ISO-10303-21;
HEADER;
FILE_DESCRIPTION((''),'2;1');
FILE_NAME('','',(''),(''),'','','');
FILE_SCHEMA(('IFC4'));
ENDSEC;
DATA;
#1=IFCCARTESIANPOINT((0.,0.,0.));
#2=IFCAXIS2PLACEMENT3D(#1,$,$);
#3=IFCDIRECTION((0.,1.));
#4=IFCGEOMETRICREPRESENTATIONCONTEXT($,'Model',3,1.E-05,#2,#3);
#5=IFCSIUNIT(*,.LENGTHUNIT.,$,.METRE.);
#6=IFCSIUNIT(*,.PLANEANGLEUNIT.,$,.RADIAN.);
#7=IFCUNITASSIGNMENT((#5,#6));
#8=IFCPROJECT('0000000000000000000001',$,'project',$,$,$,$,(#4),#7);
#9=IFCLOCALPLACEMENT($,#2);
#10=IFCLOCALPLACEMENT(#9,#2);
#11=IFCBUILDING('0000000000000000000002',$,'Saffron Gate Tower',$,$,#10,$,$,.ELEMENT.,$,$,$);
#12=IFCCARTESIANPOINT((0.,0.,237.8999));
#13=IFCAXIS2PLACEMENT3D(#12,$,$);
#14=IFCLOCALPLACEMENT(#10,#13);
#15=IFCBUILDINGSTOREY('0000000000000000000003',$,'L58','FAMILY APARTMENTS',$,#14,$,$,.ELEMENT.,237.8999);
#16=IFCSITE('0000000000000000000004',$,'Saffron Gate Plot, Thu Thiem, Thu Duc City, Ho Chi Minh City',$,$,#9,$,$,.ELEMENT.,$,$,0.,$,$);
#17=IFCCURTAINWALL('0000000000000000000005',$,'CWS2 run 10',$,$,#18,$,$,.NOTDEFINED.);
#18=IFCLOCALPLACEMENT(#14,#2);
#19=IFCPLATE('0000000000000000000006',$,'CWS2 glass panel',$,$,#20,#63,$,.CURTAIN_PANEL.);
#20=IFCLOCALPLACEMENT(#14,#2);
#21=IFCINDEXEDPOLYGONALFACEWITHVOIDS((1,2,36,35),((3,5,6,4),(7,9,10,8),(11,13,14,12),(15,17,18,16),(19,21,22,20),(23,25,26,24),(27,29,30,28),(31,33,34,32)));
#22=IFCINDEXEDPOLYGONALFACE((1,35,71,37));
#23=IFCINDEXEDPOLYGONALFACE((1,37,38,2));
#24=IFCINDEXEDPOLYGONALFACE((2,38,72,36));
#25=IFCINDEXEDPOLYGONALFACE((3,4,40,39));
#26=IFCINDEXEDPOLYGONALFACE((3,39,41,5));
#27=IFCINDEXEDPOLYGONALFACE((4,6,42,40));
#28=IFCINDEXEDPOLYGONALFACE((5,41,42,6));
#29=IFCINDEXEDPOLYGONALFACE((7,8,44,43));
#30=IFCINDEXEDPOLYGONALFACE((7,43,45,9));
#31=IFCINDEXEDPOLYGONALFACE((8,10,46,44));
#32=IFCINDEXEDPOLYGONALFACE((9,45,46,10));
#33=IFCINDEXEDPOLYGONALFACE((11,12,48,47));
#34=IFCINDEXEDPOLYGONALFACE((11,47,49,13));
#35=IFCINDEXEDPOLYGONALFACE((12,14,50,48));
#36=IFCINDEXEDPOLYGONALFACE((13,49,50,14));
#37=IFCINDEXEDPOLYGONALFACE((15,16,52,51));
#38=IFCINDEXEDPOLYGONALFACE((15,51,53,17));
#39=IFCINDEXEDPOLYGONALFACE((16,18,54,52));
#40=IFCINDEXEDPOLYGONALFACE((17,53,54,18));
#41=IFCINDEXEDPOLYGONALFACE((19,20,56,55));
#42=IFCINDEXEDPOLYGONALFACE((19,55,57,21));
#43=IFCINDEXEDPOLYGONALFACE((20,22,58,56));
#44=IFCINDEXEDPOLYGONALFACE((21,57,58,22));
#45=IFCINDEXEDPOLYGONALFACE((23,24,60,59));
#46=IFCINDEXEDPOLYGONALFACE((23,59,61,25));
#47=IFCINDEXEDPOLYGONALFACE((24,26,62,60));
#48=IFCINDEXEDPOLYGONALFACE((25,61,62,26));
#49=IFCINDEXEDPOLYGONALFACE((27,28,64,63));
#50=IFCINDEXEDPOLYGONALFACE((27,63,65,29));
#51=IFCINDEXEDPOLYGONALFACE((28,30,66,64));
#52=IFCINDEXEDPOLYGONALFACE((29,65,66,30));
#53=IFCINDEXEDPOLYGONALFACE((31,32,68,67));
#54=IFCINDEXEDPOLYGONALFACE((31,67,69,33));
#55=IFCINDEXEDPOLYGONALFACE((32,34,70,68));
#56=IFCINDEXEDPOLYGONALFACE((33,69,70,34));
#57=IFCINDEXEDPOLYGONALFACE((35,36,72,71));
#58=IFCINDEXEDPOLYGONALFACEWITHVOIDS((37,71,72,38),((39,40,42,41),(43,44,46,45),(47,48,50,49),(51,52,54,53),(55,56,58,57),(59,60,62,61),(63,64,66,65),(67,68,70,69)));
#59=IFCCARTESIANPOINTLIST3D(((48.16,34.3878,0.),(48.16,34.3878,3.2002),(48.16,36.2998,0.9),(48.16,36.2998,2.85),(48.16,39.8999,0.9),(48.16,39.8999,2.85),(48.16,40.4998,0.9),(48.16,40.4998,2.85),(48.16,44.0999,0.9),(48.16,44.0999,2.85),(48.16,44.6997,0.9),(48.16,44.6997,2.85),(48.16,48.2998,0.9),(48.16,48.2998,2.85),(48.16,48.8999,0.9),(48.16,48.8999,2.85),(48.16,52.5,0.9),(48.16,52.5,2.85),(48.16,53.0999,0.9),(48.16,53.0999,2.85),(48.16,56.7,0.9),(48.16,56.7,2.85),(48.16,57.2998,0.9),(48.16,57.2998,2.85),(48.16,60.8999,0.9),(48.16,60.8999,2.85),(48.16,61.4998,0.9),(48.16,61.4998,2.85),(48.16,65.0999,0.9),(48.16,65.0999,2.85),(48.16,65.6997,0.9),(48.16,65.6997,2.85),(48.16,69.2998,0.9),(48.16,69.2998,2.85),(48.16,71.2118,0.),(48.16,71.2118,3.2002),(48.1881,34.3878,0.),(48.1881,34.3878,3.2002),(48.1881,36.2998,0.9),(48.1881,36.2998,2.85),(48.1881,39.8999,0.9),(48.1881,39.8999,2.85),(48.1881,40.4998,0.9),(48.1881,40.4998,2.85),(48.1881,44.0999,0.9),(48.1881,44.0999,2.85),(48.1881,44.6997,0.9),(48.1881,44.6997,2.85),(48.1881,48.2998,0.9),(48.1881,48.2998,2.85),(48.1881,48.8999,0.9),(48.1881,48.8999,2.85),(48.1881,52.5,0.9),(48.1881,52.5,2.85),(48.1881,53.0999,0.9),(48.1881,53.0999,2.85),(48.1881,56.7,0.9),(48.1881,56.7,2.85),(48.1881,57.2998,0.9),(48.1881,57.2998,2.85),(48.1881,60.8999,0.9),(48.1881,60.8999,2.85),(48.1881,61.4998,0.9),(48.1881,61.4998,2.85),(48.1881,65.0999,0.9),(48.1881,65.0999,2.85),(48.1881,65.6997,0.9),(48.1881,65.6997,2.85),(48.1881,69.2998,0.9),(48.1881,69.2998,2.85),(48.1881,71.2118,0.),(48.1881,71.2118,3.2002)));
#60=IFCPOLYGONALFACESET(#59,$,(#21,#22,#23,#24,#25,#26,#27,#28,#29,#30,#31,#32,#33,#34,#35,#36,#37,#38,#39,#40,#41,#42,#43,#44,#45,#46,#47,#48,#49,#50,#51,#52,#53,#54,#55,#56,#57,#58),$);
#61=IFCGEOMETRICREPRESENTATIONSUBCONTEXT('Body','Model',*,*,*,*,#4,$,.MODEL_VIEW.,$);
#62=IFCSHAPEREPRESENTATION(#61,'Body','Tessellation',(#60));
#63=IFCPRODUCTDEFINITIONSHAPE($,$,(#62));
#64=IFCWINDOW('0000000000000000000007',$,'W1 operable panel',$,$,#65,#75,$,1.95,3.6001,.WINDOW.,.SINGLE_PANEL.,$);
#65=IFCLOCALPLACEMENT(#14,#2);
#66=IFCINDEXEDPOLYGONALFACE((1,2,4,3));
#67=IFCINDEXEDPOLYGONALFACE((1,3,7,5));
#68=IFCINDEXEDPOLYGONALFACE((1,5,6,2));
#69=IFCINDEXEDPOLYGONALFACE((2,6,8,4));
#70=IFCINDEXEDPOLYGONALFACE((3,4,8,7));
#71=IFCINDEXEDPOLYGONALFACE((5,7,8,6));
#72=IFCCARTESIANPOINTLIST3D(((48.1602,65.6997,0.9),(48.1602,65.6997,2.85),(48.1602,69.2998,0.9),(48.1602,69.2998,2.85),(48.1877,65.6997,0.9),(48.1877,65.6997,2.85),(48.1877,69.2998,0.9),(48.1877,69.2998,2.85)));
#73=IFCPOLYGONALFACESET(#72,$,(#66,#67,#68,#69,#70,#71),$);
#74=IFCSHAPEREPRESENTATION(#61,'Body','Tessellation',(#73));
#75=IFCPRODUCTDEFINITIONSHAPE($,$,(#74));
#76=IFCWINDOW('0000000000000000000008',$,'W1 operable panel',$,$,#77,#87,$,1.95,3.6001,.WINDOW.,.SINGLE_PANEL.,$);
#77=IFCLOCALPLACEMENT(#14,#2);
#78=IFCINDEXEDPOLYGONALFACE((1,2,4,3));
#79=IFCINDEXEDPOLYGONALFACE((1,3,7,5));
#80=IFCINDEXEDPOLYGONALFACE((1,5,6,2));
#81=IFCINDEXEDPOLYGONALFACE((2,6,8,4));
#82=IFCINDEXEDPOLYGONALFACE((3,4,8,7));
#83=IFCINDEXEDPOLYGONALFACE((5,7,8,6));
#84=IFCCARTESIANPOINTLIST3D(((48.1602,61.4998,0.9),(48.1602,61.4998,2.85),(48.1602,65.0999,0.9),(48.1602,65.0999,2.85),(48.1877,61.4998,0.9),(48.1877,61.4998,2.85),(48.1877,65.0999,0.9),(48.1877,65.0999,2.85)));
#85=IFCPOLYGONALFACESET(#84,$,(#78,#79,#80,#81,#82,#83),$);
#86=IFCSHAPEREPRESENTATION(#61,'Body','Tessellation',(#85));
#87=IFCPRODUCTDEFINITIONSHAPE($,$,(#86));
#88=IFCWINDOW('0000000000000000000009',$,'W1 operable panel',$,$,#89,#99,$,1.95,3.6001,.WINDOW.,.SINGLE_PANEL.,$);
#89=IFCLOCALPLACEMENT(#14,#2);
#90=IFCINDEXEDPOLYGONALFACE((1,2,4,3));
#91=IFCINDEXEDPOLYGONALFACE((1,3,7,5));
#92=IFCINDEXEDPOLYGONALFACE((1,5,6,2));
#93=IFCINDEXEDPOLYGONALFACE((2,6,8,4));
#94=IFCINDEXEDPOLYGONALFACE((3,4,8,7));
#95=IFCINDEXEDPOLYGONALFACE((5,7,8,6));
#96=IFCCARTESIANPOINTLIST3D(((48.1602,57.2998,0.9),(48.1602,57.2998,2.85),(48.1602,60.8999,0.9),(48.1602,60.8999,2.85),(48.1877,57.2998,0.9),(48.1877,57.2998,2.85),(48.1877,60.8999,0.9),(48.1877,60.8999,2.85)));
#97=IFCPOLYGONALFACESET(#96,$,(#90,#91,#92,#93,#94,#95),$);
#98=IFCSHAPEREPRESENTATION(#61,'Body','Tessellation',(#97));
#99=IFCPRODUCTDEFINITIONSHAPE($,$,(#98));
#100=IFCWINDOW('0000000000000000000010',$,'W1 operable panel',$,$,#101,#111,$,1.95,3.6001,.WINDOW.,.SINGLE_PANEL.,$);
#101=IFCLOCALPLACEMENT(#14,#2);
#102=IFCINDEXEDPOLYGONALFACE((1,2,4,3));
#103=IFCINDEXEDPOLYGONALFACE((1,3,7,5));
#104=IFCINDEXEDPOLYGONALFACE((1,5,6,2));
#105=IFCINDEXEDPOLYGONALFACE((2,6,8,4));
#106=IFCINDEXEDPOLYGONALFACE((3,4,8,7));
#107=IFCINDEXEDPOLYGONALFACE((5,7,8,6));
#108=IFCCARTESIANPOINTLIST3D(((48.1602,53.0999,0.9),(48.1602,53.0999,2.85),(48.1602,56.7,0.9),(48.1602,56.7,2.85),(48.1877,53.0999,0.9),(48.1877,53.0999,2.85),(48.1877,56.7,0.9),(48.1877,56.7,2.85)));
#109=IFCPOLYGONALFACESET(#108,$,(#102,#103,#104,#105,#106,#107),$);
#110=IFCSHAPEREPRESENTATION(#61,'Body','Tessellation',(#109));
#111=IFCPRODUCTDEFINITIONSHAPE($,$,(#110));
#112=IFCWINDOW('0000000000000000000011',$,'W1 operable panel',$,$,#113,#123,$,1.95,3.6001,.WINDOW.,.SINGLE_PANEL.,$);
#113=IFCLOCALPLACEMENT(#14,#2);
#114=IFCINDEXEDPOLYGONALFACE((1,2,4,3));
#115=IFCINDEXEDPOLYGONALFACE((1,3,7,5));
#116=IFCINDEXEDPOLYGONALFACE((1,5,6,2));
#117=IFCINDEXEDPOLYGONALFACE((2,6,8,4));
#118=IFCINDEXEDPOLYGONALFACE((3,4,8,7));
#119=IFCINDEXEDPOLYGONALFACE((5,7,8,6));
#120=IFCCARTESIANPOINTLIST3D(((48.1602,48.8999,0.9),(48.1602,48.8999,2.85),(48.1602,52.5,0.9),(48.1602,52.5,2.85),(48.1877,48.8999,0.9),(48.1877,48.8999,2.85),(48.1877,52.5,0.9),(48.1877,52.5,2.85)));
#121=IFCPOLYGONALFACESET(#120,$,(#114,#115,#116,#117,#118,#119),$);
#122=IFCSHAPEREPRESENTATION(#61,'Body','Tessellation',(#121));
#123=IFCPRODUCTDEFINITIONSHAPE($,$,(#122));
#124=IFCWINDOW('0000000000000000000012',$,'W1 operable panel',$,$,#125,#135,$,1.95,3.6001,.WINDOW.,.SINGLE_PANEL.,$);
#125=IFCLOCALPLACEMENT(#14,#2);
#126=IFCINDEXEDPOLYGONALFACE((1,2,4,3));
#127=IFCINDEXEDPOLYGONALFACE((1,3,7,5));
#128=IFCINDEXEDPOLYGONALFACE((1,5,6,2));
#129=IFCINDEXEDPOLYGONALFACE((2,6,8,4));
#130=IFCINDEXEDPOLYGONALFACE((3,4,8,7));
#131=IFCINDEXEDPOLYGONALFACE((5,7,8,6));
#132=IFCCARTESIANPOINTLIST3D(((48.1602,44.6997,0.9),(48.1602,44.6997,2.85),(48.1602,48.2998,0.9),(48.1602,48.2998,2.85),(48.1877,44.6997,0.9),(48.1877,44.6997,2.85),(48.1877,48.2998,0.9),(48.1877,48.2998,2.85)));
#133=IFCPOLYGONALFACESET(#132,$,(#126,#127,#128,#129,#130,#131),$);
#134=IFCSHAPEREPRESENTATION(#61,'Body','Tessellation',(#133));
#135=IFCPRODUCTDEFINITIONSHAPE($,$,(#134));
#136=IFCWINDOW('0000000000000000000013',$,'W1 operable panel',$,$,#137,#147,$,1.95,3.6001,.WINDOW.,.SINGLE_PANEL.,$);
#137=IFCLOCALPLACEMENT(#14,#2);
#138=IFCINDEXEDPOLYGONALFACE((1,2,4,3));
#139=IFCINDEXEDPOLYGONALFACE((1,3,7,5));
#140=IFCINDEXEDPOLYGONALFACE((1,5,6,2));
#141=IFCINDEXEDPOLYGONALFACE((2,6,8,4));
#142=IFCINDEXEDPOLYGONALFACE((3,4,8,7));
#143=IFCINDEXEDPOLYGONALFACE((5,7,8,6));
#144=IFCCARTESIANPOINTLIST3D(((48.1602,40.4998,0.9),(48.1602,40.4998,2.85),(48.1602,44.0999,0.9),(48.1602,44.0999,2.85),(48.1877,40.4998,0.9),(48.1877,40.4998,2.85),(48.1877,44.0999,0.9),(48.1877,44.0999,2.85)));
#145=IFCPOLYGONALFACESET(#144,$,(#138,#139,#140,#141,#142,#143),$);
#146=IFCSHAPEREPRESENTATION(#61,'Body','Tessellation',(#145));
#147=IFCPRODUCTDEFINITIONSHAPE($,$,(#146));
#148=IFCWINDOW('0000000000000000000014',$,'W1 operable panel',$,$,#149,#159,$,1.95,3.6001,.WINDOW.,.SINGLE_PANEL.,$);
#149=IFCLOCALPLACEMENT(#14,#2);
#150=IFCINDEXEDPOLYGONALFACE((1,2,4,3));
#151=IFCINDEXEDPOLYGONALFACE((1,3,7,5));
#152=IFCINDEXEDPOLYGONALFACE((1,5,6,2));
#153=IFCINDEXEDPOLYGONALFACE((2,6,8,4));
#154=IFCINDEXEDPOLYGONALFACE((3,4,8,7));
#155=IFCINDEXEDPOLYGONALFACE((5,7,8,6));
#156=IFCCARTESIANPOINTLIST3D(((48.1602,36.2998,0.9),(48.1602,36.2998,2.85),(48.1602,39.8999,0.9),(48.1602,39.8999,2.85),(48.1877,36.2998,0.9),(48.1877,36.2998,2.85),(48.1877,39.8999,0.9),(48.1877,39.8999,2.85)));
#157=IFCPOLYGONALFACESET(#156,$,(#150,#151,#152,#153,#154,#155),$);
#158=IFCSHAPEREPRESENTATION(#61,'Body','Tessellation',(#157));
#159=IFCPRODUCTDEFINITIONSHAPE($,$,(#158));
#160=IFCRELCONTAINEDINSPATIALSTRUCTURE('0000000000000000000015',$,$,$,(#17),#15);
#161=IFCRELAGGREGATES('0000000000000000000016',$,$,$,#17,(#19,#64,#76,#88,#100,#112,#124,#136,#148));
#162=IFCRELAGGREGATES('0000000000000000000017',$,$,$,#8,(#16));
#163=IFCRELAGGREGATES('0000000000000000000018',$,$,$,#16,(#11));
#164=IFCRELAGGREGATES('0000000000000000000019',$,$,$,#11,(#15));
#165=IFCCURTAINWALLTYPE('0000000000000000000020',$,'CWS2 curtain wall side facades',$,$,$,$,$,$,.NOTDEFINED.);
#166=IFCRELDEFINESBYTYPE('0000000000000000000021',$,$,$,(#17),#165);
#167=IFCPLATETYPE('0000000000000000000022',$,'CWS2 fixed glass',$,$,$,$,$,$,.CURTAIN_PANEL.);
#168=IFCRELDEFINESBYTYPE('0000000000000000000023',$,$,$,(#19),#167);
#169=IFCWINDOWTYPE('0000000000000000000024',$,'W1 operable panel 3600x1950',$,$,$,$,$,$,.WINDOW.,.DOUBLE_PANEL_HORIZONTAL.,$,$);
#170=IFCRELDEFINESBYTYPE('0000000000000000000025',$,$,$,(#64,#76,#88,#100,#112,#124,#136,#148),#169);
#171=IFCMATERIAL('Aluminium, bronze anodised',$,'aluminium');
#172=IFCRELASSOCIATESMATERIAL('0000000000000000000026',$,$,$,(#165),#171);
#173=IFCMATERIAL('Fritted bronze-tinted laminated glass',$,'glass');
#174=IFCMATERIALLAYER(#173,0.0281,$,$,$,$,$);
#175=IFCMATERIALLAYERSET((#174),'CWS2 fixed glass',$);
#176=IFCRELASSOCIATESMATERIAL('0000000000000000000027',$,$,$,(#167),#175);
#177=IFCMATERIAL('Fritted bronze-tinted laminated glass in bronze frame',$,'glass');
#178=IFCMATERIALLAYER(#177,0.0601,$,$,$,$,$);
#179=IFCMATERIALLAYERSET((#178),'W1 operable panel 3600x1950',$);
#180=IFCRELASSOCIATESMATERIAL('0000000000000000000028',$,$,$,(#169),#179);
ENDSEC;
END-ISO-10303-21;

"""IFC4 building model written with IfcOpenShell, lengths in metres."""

from ifc_helpers import new_model, si_unit, direction, frame, frame_2d, origin, place, context, subcontext, project, spatial, rectangle, extrude, material, layer, layer_set, type_object, element, fill, aggregate, save


model = new_model("IFC4")

# Units and contexts
model_context = context("Model", 3, precision=1e-05, world=origin(), true_north=direction((0.0, 1.0)))
body_context = subcontext(model_context, "Body", "Model", "MODEL_VIEW")
ifc_project = project(units=[si_unit("LENGTHUNIT", "METRE"), si_unit("PLANEANGLEUNIT", "RADIAN")], contexts=[model_context])

# Site, building, storey
site_placement = place(None, origin())
site = spatial("IfcSite", under=ifc_project, at=site_placement, Name="Saffron Gate Plot, Thu Thiem, Thu Duc City, Ho Chi Minh City", CompositionType="ELEMENT", RefElevation=0.0)
building_placement = place(site_placement, origin())
building = spatial("IfcBuilding", under=site, at=building_placement, Name="Saffron Gate Tower", CompositionType="ELEMENT")
storey_placement = place(building_placement, frame((0.0, 0.0, 237.8999)))
storey = spatial("IfcBuildingStorey", under=building, at=storey_placement, Name="L58", Description="FAMILY APARTMENTS", CompositionType="ELEMENT", Elevation=237.8999)

# Curtain wall
ifc_material_1 = material(Name="Aluminium, bronze anodised", Category="aluminium")
curtain_wall_type_1 = type_object("IfcCurtainWallType", Name="CWS2 curtain wall side facades", PredefinedType="NOTDEFINED", material=ifc_material_1)
curtain_wall_1_placement = place(storey_placement, origin())
curtain_wall_1 = element("IfcCurtainWall", 1, at=curtain_wall_1_placement, inside=storey, type_object=curtain_wall_type_1, Name="CWS2 run 10", PredefinedType="NOTDEFINED")

# Plate, openings, windows
ifc_material_2 = material(Name="Fritted bronze-tinted laminated glass", Category="glass")
ifc_layer_1 = layer(ifc_material_2, 0.0281)
ifc_layer_set_1 = layer_set([ifc_layer_1], Name="CWS2 fixed glass")
plate_type_1 = type_object("IfcPlateType", Name="CWS2 fixed glass", PredefinedType="CURTAIN_PANEL", material=ifc_layer_set_1)
plate_1_placement = place(storey_placement, frame((48.1741, 71.2119, 0.0), z_axis=(0.0, 0.0, 1.0), x_axis=(0.0, -1.0, 0.0)))
plate_1 = element("IfcPlate", 2, at=plate_1_placement, type_object=plate_type_1, Name="CWS2 glass panel", PredefinedType="CURTAIN_PANEL", context=body_context, shape_type="SweptSolid", body=[
    extrude(rectangle(XDim=36.824, YDim=0.0281, at=frame_2d((18.4121, 0.0))), origin(), (0.0, 0.0, 1.0), 3.2002),
])
opening_1_placement = place(plate_1_placement, frame((1.9121, 0.0, 0.8999)))
opening_1 = element("IfcOpeningElement", 3, at=opening_1_placement, cuts=plate_1, PredefinedType="OPENING", context=body_context, shape_type="SweptSolid", body=[
    extrude(rectangle(XDim=3.6001, YDim=1.95, at=frame_2d((1.8, 0.9751))), frame((0.0, 0.0239, 0.0), z_axis=(0.0, -1.0, 0.0), x_axis=(1.0, 0.0, 0.0)), (0.0, 0.0, 1.0), 0.0481),
])
opening_2_placement = place(plate_1_placement, frame((6.1121, 0.0, 0.8999)))
opening_2 = element("IfcOpeningElement", 4, at=opening_2_placement, cuts=plate_1, PredefinedType="OPENING", context=body_context, shape_type="SweptSolid", body=[
    extrude(rectangle(XDim=3.6001, YDim=1.95, at=frame_2d((1.8, 0.9751))), frame((0.0, 0.0239, 0.0), z_axis=(0.0, -1.0, 0.0), x_axis=(1.0, 0.0, 0.0)), (0.0, 0.0, 1.0), 0.0481),
])
opening_3_placement = place(plate_1_placement, frame((10.312, 0.0, 0.8999)))
opening_3 = element("IfcOpeningElement", 5, at=opening_3_placement, cuts=plate_1, PredefinedType="OPENING", context=body_context, shape_type="SweptSolid", body=[
    extrude(rectangle(XDim=3.6001, YDim=1.95, at=frame_2d((1.8, 0.9751))), frame((0.0, 0.0239, 0.0), z_axis=(0.0, -1.0, 0.0), x_axis=(1.0, 0.0, 0.0)), (0.0, 0.0, 1.0), 0.0481),
])
opening_4_placement = place(plate_1_placement, frame((14.512, 0.0, 0.8999)))
opening_4 = element("IfcOpeningElement", 6, at=opening_4_placement, cuts=plate_1, PredefinedType="OPENING", context=body_context, shape_type="SweptSolid", body=[
    extrude(rectangle(XDim=3.6001, YDim=1.95, at=frame_2d((1.8, 0.9751))), frame((0.0, 0.0239, 0.0), z_axis=(0.0, -1.0, 0.0), x_axis=(1.0, 0.0, 0.0)), (0.0, 0.0, 1.0), 0.0481),
])
opening_5_placement = place(plate_1_placement, frame((18.7119, 0.0, 0.8999)))
opening_5 = element("IfcOpeningElement", 7, at=opening_5_placement, cuts=plate_1, PredefinedType="OPENING", context=body_context, shape_type="SweptSolid", body=[
    extrude(rectangle(XDim=3.6001, YDim=1.95, at=frame_2d((1.8, 0.9751))), frame((0.0, 0.0239, 0.0), z_axis=(0.0, -1.0, 0.0), x_axis=(1.0, 0.0, 0.0)), (0.0, 0.0, 1.0), 0.0481),
])
opening_6_placement = place(plate_1_placement, frame((22.9121, 0.0, 0.8999)))
opening_6 = element("IfcOpeningElement", 8, at=opening_6_placement, cuts=plate_1, PredefinedType="OPENING", context=body_context, shape_type="SweptSolid", body=[
    extrude(rectangle(XDim=3.6001, YDim=1.95, at=frame_2d((1.8, 0.9751))), frame((0.0, 0.0239, 0.0), z_axis=(0.0, -1.0, 0.0), x_axis=(1.0, 0.0, 0.0)), (0.0, 0.0, 1.0), 0.0481),
])
opening_7_placement = place(plate_1_placement, frame((27.1121, 0.0, 0.8999)))
opening_7 = element("IfcOpeningElement", 9, at=opening_7_placement, cuts=plate_1, PredefinedType="OPENING", context=body_context, shape_type="SweptSolid", body=[
    extrude(rectangle(XDim=3.6001, YDim=1.95, at=frame_2d((1.8, 0.9751))), frame((0.0, 0.0239, 0.0), z_axis=(0.0, -1.0, 0.0), x_axis=(1.0, 0.0, 0.0)), (0.0, 0.0, 1.0), 0.0481),
])
opening_8_placement = place(plate_1_placement, frame((31.312, 0.0, 0.8999)))
opening_8 = element("IfcOpeningElement", 10, at=opening_8_placement, cuts=plate_1, PredefinedType="OPENING", context=body_context, shape_type="SweptSolid", body=[
    extrude(rectangle(XDim=3.6001, YDim=1.95, at=frame_2d((1.8, 0.9751))), frame((0.0, 0.0239, 0.0), z_axis=(0.0, -1.0, 0.0), x_axis=(1.0, 0.0, 0.0)), (0.0, 0.0, 1.0), 0.0481),
])
ifc_material_3 = material(Name="Fritted bronze-tinted laminated glass in bronze frame", Category="glass")
ifc_layer_2 = layer(ifc_material_3, 0.0601)
ifc_layer_set_2 = layer_set([ifc_layer_2], Name="W1 operable panel 3600x1950")
window_type = type_object("IfcWindowType", Name="W1 operable panel 3600x1950", PartitioningType="DOUBLE_PANEL_HORIZONTAL", PredefinedType="WINDOW", material=ifc_layer_set_2)
window_1_placement = place(opening_1_placement, origin())
window_1 = element("IfcWindow", 11, at=window_1_placement, type_object=window_type, Name="W1 operable panel", OverallHeight=1.95, OverallWidth=3.6001, PartitioningType="SINGLE_PANEL", PredefinedType="WINDOW", context=body_context, shape_type="SweptSolid", body=[
    extrude(rectangle(XDim=3.6001, YDim=1.95, at=frame_2d((1.8, 0.9751))), frame((0.0, 0.0137, 0.0), z_axis=(0.0, -1.0, 0.0), x_axis=(1.0, 0.0, 0.0)), (0.0, 0.0, 1.0), 0.0276),
])
fill(opening_1, window_1)
window_2_placement = place(opening_2_placement, origin())
window_2 = element("IfcWindow", 12, at=window_2_placement, type_object=window_type, Name="W1 operable panel", OverallHeight=1.95, OverallWidth=3.6001, PartitioningType="SINGLE_PANEL", PredefinedType="WINDOW", context=body_context, shape_type="SweptSolid", body=[
    extrude(rectangle(XDim=3.6001, YDim=1.95, at=frame_2d((1.8, 0.9751))), frame((0.0, 0.0137, 0.0), z_axis=(0.0, -1.0, 0.0), x_axis=(1.0, 0.0, 0.0)), (0.0, 0.0, 1.0), 0.0276),
])
fill(opening_2, window_2)
window_3_placement = place(opening_3_placement, origin())
window_3 = element("IfcWindow", 13, at=window_3_placement, type_object=window_type, Name="W1 operable panel", OverallHeight=1.95, OverallWidth=3.6001, PartitioningType="SINGLE_PANEL", PredefinedType="WINDOW", context=body_context, shape_type="SweptSolid", body=[
    extrude(rectangle(XDim=3.6001, YDim=1.95, at=frame_2d((1.8, 0.9751))), frame((0.0, 0.0137, 0.0), z_axis=(0.0, -1.0, 0.0), x_axis=(1.0, 0.0, 0.0)), (0.0, 0.0, 1.0), 0.0276),
])
fill(opening_3, window_3)
window_4_placement = place(opening_4_placement, origin())
window_4 = element("IfcWindow", 14, at=window_4_placement, type_object=window_type, Name="W1 operable panel", OverallHeight=1.95, OverallWidth=3.6001, PartitioningType="SINGLE_PANEL", PredefinedType="WINDOW", context=body_context, shape_type="SweptSolid", body=[
    extrude(rectangle(XDim=3.6001, YDim=1.95, at=frame_2d((1.8, 0.9751))), frame((0.0, 0.0137, 0.0), z_axis=(0.0, -1.0, 0.0), x_axis=(1.0, 0.0, 0.0)), (0.0, 0.0, 1.0), 0.0276),
])
fill(opening_4, window_4)
window_5_placement = place(opening_5_placement, origin())
window_5 = element("IfcWindow", 15, at=window_5_placement, type_object=window_type, Name="W1 operable panel", OverallHeight=1.95, OverallWidth=3.6001, PartitioningType="SINGLE_PANEL", PredefinedType="WINDOW", context=body_context, shape_type="SweptSolid", body=[
    extrude(rectangle(XDim=3.6001, YDim=1.95, at=frame_2d((1.8, 0.9751))), frame((0.0, 0.0137, 0.0), z_axis=(0.0, -1.0, 0.0), x_axis=(1.0, 0.0, 0.0)), (0.0, 0.0, 1.0), 0.0276),
])
fill(opening_5, window_5)
window_6_placement = place(opening_6_placement, origin())
window_6 = element("IfcWindow", 16, at=window_6_placement, type_object=window_type, Name="W1 operable panel", OverallHeight=1.95, OverallWidth=3.6001, PartitioningType="SINGLE_PANEL", PredefinedType="WINDOW", context=body_context, shape_type="SweptSolid", body=[
    extrude(rectangle(XDim=3.6001, YDim=1.95, at=frame_2d((1.8, 0.9751))), frame((0.0, 0.0137, 0.0), z_axis=(0.0, -1.0, 0.0), x_axis=(1.0, 0.0, 0.0)), (0.0, 0.0, 1.0), 0.0276),
])
fill(opening_6, window_6)
window_7_placement = place(opening_7_placement, origin())
window_7 = element("IfcWindow", 17, at=window_7_placement, type_object=window_type, Name="W1 operable panel", OverallHeight=1.95, OverallWidth=3.6001, PartitioningType="SINGLE_PANEL", PredefinedType="WINDOW", context=body_context, shape_type="SweptSolid", body=[
    extrude(rectangle(XDim=3.6001, YDim=1.95, at=frame_2d((1.8, 0.9751))), frame((0.0, 0.0137, 0.0), z_axis=(0.0, -1.0, 0.0), x_axis=(1.0, 0.0, 0.0)), (0.0, 0.0, 1.0), 0.0276),
])
fill(opening_7, window_7)
window_8_placement = place(opening_8_placement, origin())
window_8 = element("IfcWindow", 18, at=window_8_placement, type_object=window_type, Name="W1 operable panel", OverallHeight=1.95, OverallWidth=3.6001, PartitioningType="SINGLE_PANEL", PredefinedType="WINDOW", context=body_context, shape_type="SweptSolid", body=[
    extrude(rectangle(XDim=3.6001, YDim=1.95, at=frame_2d((1.8, 0.9751))), frame((0.0, 0.0137, 0.0), z_axis=(0.0, -1.0, 0.0), x_axis=(1.0, 0.0, 0.0)), (0.0, 0.0, 1.0), 0.0276),
])
fill(opening_8, window_8)
aggregate(curtain_wall_1, [plate_1, window_1, window_2, window_3, window_4, window_5, window_6, window_7, window_8])

save(model, "model.ifc")
